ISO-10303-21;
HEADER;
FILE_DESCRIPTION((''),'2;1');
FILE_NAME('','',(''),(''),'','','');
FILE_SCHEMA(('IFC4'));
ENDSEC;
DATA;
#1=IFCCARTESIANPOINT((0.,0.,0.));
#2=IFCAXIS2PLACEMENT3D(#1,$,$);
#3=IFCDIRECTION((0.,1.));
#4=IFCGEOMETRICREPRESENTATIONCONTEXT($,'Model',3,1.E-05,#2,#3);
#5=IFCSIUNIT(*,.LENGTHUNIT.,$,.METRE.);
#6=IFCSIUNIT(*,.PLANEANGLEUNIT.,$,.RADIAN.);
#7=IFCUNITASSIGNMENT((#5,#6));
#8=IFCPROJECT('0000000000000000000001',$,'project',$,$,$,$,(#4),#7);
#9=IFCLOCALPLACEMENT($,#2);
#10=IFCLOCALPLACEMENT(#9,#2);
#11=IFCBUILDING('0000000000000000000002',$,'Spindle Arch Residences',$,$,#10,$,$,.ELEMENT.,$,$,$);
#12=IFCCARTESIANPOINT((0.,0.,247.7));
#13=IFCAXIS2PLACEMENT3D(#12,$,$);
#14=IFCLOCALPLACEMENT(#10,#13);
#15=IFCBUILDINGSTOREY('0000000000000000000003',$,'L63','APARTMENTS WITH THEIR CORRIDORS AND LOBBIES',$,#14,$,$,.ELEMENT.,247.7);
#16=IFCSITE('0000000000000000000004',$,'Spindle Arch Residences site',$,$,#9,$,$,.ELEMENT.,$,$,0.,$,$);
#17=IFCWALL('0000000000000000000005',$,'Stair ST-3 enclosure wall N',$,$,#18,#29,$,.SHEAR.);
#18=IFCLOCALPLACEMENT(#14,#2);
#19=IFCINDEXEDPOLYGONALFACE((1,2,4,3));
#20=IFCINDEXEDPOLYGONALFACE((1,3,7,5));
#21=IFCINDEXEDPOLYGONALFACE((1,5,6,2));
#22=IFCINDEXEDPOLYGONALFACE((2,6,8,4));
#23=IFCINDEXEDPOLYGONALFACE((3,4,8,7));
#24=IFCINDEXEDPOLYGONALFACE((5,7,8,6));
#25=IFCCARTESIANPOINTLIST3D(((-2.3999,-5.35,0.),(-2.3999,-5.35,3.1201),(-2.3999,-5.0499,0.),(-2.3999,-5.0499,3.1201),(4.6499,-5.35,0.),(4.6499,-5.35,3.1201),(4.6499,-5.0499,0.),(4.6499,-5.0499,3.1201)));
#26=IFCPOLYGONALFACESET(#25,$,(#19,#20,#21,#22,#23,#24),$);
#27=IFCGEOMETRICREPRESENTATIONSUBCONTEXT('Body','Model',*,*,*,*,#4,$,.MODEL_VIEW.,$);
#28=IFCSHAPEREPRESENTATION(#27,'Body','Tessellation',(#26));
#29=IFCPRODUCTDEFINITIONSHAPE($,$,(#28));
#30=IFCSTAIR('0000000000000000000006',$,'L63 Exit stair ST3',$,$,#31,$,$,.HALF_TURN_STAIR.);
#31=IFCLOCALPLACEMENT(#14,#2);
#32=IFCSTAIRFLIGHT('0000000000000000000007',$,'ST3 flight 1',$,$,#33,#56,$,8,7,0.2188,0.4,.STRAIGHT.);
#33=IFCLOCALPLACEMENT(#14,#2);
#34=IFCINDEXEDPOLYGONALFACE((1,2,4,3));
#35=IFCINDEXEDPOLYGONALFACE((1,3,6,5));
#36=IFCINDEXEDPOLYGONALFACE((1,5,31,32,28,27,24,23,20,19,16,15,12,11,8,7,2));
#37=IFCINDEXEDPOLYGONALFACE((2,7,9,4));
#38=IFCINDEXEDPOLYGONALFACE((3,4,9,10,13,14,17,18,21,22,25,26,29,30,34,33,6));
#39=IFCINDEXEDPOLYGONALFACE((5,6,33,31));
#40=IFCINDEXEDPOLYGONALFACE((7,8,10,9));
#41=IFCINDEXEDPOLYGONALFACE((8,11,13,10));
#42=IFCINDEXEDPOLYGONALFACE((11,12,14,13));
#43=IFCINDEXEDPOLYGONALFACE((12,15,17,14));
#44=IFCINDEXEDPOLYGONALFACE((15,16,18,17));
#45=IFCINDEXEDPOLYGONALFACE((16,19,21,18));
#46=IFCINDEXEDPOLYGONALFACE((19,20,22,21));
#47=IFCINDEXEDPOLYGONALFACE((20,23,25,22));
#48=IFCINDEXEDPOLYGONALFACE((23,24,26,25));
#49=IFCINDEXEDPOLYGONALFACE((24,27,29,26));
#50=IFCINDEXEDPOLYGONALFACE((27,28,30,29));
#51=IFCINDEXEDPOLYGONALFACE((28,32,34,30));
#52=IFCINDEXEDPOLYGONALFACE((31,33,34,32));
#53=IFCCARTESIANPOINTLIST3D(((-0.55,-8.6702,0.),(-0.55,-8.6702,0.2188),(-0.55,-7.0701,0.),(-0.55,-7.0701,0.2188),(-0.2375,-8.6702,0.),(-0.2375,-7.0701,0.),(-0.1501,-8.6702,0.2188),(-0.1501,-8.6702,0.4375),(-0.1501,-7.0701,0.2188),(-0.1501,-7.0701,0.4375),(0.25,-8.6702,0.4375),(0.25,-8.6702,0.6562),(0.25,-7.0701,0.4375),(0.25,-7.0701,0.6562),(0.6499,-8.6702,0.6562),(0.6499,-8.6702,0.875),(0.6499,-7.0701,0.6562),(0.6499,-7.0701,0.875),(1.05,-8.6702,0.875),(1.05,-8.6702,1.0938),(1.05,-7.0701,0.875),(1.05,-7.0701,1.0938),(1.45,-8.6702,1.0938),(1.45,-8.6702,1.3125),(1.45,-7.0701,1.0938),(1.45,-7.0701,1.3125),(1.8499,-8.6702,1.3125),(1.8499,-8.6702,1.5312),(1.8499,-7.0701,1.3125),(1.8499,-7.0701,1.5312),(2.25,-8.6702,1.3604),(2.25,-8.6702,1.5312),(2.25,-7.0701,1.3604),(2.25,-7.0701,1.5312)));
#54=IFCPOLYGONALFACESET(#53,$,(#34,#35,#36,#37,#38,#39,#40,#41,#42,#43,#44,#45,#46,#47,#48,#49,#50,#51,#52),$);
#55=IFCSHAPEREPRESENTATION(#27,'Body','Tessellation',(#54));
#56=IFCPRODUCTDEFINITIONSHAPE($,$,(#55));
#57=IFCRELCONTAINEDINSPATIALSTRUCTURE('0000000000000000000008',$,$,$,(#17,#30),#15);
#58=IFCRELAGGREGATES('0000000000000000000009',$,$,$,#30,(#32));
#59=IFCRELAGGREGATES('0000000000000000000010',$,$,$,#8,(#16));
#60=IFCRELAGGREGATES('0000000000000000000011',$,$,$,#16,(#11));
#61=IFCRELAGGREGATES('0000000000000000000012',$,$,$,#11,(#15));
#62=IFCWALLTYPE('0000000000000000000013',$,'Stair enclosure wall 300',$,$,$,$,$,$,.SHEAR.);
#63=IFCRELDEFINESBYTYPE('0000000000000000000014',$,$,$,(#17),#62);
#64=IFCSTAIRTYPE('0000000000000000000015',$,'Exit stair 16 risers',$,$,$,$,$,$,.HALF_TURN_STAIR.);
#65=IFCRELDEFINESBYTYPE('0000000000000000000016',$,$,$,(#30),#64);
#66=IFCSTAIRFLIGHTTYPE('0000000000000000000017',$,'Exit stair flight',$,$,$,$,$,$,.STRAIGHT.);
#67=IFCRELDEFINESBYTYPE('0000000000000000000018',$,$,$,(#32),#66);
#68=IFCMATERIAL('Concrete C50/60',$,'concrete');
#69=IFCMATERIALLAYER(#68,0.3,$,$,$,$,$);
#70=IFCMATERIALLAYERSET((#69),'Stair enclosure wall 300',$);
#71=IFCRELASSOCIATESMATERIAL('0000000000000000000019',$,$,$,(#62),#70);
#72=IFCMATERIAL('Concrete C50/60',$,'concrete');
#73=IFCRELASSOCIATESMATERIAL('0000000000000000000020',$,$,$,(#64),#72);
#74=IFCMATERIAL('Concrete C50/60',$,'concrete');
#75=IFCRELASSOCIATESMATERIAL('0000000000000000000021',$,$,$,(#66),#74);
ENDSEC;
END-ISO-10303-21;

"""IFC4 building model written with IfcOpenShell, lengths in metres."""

from ifc_helpers import new_model, si_unit, direction, frame, frame_2d, origin, place, context, subcontext, project, spatial, polyline, rectangle, outline, extrude, material, layer, layer_set, type_object, element, aggregate, save


model = new_model("IFC4")

# Units and contexts
model_context = context("Model", 3, precision=1e-05, world=origin(), true_north=direction((0.0, 1.0)))
body_context = subcontext(model_context, "Body", "Model", "MODEL_VIEW")
ifc_project = project(units=[si_unit("LENGTHUNIT", "METRE"), si_unit("PLANEANGLEUNIT", "RADIAN")], contexts=[model_context])

# Site, building, storey
site_placement = place(None, origin())
site = spatial("IfcSite", under=ifc_project, at=site_placement, Name="Spindle Arch Residences site", CompositionType="ELEMENT", RefElevation=0.0)
building_placement = place(site_placement, origin())
building = spatial("IfcBuilding", under=site, at=building_placement, Name="Spindle Arch Residences", CompositionType="ELEMENT")
storey_placement = place(building_placement, frame((0.0, 0.0, 247.7)))
storey = spatial("IfcBuildingStorey", under=building, at=storey_placement, Name="L63", Description="APARTMENTS WITH THEIR CORRIDORS AND LOBBIES", CompositionType="ELEMENT", Elevation=247.7)

# Wall
ifc_material_1 = material(Name="Concrete C50/60", Category="concrete")
ifc_layer_1 = layer(ifc_material_1, 0.3)
ifc_layer_set_1 = layer_set([ifc_layer_1], Name="Stair enclosure wall 300")
wall_type_1 = type_object("IfcWallType", Name="Stair enclosure wall 300", PredefinedType="SHEAR", material=ifc_layer_set_1)
wall_1_placement = place(storey_placement, frame((-2.3999, -5.2, 0.0), z_axis=(0.0, 0.0, 1.0), x_axis=(1.0, 0.0, 0.0)))
element("IfcWall", 1, at=wall_1_placement, inside=storey, type_object=wall_type_1, Name="Stair ST-3 enclosure wall N", PredefinedType="SHEAR", context=body_context, shape_type="SweptSolid", body=[
    extrude(rectangle(XDim=7.0498, YDim=0.3, at=frame_2d((3.5249, 0.0))), origin(), (0.0, 0.0, 1.0), 3.1201),
])

# Stair, stair flight
ifc_material_2 = material(Name="Concrete C50/60", Category="concrete")
stair_type = type_object("IfcStairType", Name="Exit stair 16 risers", PredefinedType="HALF_TURN_STAIR", material=ifc_material_2)
stair_placement = place(storey_placement, origin())
stair = element("IfcStair", 2, at=stair_placement, inside=storey, type_object=stair_type, Name="L63 Exit stair ST3", PredefinedType="HALF_TURN_STAIR")
ifc_material_3 = material(Name="Concrete C50/60", Category="concrete")
stair_flight_type = type_object("IfcStairFlightType", Name="Exit stair flight", PredefinedType="STRAIGHT", material=ifc_material_3)
stair_flight_placement = place(storey_placement, frame((-0.55, -7.8701, 0.0), z_axis=(0.0, 0.0, 1.0), x_axis=(1.0, 0.0, 0.0)))
stair_flight = element("IfcStairFlight", 3, at=stair_flight_placement, type_object=stair_flight_type, Name="ST3 flight 1", NumberOfRisers=8, NumberOfTreads=7, PredefinedType="STRAIGHT", RiserHeight=0.2188, TreadLength=0.4, context=body_context, shape_type="SweptSolid", body=[
    extrude(outline(polyline([(0.0, 0.0), (0.0, 0.2188), (0.3999, 0.2188), (0.3999, 0.4375), (0.8, 0.4375), (0.8, 0.6562), (1.2, 0.6562), (1.2, 0.875), (1.6001, 0.875), (1.6001, 1.0938), (2.0, 1.0938), (2.0, 1.3125), (2.3999, 1.3125), (2.3999, 1.5312), (2.8, 1.5312), (2.8, 1.75), (2.8, 1.3604), (0.3125, 0.0), (0.0, 0.0)])), frame((0.0, 0.8, 0.0), z_axis=(0.0, -1.0, 0.0), x_axis=(1.0, 0.0, 0.0)), (0.0, 0.0, 1.0), 1.6001),
])
aggregate(stair, [stair_flight])

save(model, "model.ifc")
